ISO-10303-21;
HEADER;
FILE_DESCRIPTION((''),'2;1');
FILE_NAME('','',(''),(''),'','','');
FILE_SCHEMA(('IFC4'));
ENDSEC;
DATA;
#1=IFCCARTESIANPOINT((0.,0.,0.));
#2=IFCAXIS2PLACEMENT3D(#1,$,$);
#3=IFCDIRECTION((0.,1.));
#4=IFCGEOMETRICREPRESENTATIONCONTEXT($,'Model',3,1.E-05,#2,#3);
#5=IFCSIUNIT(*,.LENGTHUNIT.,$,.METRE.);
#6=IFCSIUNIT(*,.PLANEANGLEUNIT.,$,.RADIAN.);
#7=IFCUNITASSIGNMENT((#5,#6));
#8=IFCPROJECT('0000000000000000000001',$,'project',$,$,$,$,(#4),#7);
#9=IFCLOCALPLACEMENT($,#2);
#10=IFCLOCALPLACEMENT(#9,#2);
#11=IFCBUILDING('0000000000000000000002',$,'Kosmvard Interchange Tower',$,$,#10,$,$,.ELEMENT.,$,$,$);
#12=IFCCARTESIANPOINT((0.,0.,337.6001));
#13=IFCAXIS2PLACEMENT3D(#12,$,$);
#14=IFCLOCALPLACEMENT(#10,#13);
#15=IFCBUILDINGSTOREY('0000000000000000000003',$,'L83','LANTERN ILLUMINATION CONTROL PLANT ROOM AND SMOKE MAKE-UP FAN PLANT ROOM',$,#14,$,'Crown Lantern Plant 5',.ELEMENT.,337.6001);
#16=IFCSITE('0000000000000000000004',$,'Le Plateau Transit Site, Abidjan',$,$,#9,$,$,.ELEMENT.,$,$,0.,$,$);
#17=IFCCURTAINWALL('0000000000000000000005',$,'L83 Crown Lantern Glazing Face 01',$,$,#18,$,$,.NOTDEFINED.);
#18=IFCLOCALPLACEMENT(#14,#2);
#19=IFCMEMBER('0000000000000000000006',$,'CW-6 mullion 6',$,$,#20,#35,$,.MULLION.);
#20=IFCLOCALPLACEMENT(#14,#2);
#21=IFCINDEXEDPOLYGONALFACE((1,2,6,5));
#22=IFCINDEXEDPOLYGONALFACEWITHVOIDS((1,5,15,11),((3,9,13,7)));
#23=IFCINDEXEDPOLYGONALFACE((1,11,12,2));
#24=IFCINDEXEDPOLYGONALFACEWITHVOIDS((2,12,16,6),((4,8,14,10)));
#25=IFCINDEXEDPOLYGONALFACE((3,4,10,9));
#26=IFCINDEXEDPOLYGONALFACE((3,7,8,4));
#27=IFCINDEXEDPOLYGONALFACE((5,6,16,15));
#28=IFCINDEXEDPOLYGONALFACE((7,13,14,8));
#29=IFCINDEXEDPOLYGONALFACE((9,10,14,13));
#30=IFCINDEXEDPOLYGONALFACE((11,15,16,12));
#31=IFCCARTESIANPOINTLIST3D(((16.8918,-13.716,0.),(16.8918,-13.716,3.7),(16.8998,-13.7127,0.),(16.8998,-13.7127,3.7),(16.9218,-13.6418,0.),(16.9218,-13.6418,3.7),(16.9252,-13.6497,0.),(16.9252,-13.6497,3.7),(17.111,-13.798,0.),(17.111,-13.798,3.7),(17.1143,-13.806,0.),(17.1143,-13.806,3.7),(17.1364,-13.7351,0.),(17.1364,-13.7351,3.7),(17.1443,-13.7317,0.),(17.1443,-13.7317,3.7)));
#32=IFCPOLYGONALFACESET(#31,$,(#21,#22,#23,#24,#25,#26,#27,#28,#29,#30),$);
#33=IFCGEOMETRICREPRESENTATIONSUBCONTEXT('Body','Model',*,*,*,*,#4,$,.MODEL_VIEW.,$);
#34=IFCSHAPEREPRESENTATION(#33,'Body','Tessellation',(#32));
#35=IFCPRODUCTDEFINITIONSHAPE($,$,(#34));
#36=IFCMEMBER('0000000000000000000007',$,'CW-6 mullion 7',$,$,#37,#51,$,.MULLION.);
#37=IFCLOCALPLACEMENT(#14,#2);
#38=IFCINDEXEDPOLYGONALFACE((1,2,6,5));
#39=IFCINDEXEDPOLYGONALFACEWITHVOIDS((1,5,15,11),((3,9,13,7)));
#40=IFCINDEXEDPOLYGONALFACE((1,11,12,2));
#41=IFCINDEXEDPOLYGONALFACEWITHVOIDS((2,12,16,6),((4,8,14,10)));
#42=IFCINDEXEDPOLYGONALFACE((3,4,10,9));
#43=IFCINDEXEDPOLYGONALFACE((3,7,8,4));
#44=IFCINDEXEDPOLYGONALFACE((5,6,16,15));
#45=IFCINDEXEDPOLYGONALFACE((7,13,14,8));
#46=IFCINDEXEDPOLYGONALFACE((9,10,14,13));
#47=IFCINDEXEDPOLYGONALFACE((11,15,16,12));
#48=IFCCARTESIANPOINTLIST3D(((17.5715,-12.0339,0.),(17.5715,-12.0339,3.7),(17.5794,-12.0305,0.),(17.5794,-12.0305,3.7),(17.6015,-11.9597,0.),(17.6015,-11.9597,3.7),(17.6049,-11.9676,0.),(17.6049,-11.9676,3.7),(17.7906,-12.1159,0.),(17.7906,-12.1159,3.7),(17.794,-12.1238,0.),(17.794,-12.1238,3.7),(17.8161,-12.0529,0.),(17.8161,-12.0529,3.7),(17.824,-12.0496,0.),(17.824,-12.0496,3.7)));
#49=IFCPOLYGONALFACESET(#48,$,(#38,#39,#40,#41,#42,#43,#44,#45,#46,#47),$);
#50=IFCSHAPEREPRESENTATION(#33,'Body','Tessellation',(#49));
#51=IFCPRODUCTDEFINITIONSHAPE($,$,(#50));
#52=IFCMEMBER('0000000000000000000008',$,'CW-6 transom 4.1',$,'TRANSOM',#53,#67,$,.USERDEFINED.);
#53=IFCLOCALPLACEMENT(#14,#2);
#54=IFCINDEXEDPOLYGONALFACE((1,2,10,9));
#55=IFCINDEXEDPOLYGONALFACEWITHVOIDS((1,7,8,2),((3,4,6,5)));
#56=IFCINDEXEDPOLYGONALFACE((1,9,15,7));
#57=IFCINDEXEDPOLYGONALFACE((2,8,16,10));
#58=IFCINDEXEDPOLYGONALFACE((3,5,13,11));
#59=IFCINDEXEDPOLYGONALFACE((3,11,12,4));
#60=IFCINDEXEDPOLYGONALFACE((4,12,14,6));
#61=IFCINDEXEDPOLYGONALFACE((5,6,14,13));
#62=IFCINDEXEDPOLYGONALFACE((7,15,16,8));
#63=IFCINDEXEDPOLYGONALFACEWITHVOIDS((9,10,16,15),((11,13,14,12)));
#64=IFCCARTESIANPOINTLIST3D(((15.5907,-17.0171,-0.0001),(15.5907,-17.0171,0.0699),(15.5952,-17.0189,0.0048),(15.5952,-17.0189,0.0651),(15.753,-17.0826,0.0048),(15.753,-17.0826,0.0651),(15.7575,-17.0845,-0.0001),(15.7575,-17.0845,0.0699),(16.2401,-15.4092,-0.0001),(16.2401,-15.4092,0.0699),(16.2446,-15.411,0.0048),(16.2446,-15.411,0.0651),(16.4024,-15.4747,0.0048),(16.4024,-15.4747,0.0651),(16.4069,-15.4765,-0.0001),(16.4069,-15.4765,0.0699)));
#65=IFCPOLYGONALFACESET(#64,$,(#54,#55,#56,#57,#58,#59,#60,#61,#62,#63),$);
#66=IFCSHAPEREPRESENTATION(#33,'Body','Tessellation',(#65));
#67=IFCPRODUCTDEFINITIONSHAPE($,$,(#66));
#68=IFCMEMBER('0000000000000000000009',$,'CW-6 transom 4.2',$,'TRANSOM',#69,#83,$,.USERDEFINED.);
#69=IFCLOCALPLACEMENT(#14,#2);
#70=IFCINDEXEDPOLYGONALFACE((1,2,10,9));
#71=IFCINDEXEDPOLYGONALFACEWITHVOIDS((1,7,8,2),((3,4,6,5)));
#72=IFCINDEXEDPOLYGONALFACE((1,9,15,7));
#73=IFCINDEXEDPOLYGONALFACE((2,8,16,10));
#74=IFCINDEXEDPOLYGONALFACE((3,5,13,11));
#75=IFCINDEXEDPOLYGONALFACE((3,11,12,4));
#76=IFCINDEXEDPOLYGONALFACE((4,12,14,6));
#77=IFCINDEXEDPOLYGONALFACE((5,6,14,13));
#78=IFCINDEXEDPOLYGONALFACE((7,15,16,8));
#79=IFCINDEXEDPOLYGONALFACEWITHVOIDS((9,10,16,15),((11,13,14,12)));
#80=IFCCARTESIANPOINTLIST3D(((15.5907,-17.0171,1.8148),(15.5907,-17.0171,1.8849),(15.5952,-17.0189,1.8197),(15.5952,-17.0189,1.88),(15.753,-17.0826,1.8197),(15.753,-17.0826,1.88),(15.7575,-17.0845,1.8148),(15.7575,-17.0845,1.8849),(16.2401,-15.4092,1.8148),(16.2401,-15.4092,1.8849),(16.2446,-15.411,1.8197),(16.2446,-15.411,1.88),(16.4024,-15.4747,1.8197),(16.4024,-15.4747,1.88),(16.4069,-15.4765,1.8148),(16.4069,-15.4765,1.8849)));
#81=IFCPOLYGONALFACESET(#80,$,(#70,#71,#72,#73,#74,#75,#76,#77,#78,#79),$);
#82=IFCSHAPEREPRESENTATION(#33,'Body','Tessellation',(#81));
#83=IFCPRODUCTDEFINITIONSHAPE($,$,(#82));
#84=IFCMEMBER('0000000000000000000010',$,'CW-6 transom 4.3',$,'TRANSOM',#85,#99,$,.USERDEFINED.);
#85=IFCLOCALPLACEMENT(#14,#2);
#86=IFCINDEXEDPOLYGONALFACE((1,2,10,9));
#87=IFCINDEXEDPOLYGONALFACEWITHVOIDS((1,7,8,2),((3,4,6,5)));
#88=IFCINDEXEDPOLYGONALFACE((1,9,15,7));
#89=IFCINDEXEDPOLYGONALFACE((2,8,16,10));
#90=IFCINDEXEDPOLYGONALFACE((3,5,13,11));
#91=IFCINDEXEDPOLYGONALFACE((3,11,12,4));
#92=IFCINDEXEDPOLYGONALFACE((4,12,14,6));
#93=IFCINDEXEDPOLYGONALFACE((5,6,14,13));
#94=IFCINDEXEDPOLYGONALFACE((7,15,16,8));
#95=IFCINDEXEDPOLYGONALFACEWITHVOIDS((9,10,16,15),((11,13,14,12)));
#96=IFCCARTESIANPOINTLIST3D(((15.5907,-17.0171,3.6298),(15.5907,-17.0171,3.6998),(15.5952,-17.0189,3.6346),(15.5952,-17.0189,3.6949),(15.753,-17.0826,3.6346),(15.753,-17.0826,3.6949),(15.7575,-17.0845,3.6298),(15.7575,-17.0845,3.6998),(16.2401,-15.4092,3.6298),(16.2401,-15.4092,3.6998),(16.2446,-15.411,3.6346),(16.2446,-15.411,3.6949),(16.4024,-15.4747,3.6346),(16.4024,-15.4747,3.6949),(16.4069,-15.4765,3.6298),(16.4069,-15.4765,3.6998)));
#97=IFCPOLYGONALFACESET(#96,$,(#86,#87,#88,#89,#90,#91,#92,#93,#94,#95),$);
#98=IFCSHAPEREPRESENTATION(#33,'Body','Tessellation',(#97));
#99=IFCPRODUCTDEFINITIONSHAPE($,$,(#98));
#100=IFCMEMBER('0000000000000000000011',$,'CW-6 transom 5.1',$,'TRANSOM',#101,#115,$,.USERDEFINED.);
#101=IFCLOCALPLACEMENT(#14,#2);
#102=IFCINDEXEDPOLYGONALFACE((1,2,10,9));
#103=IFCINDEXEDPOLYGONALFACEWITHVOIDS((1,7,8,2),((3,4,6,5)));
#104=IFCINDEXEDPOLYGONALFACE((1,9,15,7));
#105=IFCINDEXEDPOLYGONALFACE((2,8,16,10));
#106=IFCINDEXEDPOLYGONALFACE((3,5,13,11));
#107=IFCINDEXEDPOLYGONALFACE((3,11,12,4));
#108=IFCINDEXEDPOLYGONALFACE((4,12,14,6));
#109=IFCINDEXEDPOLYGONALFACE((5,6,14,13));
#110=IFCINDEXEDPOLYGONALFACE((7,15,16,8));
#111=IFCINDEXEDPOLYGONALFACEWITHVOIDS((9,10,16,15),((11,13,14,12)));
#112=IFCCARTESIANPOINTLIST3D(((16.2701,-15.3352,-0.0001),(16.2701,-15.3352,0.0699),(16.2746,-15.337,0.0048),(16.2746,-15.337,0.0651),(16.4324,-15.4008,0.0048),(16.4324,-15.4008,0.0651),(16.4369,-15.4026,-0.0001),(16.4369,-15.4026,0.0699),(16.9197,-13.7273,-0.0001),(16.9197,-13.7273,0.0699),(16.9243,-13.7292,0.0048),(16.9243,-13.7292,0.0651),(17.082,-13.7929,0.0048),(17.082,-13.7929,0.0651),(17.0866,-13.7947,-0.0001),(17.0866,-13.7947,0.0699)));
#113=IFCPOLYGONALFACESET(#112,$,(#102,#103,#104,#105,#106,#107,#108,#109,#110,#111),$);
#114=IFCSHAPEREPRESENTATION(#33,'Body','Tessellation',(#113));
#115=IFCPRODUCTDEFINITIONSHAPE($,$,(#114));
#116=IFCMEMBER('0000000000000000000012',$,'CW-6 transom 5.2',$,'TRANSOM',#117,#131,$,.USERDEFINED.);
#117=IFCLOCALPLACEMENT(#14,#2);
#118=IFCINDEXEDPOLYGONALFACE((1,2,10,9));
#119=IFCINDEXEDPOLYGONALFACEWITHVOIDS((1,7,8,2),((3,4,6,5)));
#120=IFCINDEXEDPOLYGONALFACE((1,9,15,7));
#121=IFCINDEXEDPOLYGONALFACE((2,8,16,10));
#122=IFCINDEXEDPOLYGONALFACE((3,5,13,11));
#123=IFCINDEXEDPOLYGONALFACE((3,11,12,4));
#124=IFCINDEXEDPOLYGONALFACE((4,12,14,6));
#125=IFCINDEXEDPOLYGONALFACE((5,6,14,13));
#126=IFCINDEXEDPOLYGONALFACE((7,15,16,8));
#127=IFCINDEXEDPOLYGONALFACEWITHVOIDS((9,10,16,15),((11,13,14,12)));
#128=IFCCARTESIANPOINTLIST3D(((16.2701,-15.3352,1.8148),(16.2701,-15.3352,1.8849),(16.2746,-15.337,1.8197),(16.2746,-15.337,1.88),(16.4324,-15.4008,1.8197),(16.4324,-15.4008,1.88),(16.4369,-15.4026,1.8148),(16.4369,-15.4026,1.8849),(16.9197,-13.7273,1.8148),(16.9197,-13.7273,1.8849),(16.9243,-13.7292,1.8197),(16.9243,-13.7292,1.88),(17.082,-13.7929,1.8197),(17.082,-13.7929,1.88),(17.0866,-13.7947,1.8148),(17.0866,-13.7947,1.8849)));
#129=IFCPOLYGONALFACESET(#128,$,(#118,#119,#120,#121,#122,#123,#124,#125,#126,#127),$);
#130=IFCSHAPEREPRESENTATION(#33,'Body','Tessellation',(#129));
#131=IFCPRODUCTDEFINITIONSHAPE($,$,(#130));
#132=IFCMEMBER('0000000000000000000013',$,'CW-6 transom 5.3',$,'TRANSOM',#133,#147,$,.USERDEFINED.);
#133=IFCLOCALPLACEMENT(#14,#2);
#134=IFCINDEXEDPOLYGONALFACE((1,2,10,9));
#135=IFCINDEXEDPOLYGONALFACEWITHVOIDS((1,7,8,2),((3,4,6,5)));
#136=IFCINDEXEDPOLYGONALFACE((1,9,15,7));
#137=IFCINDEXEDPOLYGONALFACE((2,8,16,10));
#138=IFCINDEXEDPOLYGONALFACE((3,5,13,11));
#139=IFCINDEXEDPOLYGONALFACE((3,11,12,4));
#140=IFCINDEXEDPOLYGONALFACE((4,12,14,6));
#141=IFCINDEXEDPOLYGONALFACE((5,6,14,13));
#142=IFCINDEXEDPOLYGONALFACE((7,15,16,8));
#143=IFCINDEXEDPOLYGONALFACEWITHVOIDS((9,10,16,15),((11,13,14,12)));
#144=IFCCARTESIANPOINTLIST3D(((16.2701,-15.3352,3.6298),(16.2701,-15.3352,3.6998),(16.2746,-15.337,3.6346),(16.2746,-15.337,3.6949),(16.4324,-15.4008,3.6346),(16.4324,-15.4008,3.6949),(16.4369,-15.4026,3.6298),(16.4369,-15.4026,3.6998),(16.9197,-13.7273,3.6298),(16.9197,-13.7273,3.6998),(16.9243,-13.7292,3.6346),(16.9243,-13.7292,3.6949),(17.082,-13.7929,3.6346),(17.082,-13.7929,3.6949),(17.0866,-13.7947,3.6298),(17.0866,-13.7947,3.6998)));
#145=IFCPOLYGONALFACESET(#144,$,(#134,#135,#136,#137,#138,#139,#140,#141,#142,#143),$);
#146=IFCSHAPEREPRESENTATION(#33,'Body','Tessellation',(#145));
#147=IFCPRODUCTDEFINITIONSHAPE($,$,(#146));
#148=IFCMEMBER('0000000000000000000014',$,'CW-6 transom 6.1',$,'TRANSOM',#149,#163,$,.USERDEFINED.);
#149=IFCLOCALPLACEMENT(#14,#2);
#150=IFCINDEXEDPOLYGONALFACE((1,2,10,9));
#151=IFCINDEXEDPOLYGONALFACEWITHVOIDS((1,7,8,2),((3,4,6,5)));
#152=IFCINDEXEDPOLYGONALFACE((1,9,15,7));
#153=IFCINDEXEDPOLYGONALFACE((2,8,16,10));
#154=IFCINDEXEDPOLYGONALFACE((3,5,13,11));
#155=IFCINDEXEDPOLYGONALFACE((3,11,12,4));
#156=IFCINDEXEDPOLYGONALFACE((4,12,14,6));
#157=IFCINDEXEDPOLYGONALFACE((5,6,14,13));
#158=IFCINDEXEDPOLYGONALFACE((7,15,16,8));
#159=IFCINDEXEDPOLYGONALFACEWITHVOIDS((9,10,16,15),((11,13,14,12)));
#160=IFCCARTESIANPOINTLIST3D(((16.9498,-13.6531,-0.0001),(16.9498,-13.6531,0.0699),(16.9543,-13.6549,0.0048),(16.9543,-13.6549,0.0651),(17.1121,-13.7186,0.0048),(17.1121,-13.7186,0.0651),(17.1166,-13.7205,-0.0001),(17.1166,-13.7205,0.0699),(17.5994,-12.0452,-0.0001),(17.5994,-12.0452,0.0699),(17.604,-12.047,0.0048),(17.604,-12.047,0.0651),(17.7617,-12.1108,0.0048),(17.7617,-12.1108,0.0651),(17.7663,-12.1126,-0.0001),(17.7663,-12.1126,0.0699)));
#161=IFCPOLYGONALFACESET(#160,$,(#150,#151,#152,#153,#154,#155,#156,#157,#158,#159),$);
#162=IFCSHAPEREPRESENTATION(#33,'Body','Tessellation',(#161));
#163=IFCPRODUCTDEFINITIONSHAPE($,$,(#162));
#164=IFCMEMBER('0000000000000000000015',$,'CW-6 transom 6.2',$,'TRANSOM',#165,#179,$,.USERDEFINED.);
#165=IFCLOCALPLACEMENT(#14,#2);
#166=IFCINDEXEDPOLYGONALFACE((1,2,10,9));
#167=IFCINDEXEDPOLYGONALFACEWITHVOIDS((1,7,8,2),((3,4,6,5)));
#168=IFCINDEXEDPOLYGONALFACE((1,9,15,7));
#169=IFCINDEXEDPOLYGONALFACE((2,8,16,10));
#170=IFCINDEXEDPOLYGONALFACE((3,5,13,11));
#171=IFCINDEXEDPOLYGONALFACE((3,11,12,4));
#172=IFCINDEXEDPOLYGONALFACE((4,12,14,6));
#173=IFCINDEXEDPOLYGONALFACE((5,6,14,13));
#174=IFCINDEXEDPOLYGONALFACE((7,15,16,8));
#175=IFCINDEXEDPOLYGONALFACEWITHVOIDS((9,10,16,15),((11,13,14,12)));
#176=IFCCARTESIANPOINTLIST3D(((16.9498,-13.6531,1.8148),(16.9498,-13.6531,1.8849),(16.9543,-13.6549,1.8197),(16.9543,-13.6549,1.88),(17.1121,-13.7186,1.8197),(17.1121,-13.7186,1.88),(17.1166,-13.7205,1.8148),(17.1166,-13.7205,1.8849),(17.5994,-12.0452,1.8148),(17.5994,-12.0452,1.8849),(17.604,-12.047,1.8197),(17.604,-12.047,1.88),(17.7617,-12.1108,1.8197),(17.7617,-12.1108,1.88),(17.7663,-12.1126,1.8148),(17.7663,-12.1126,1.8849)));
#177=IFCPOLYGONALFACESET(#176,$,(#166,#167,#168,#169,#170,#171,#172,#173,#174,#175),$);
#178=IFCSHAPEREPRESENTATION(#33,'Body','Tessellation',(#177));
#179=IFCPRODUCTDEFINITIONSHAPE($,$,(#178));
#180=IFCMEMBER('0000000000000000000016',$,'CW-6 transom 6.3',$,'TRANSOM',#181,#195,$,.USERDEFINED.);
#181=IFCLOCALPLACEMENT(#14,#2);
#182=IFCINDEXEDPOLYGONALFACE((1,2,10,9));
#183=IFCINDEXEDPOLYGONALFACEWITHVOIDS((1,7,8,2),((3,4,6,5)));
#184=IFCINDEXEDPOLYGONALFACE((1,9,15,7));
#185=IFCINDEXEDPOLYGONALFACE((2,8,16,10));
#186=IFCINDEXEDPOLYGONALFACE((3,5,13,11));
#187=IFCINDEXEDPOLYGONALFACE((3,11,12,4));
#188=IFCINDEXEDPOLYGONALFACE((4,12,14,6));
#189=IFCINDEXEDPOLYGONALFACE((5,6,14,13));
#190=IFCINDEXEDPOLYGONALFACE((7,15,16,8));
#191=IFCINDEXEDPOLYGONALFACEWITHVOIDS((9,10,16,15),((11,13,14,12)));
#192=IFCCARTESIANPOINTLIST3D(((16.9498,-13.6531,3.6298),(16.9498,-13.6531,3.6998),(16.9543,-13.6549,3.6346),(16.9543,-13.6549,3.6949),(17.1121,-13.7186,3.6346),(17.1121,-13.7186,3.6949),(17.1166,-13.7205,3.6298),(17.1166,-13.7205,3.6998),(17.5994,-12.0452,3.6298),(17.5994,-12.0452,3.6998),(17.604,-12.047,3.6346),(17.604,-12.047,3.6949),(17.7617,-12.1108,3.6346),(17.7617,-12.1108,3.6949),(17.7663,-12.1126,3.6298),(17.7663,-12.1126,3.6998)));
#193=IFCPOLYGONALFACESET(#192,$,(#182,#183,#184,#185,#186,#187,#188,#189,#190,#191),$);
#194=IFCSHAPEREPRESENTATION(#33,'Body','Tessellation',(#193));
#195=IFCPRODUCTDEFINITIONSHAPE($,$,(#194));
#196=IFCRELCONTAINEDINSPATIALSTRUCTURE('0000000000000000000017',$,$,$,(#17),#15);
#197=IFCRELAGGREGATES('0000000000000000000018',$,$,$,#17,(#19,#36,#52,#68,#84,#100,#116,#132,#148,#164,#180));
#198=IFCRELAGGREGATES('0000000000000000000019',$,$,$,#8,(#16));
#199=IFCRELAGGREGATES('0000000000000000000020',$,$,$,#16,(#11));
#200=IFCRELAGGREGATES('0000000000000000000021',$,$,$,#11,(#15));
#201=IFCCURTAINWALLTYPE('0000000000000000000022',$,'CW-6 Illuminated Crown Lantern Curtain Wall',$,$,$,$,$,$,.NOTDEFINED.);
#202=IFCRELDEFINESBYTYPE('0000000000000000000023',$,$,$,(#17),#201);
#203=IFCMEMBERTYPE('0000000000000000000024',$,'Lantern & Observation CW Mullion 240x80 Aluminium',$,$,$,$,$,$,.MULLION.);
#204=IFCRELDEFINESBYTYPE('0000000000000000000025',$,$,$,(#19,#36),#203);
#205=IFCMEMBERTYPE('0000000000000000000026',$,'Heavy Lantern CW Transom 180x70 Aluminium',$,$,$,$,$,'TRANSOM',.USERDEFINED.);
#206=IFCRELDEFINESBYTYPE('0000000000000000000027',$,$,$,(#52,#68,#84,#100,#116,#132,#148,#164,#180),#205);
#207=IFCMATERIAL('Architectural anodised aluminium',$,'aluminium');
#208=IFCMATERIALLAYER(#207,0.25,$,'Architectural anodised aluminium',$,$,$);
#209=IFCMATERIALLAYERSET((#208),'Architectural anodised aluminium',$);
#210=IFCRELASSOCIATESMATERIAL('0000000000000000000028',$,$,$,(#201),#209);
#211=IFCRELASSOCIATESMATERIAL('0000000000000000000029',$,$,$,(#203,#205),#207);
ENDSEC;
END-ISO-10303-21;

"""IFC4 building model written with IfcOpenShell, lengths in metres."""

from ifc_helpers import new_model, si_unit, direction, frame, origin, origin_2d, place, context, subcontext, project, spatial, hollow_rectangle, extrude, source, transform, mapped, material, layer, layer_set, material_profile, profile_set, type_object, element, aggregate, save


model = new_model("IFC4")

# Units and contexts
model_context = context("Model", 3, precision=1e-05, world=origin(), true_north=direction((0.0, 1.0)))
body_context = subcontext(model_context, "Body", "Model", "MODEL_VIEW")
ifc_project = project(units=[si_unit("LENGTHUNIT", "METRE"), si_unit("PLANEANGLEUNIT", "RADIAN")], contexts=[model_context])

# Site, building, storey
site_placement = place(None, origin())
site = spatial("IfcSite", under=ifc_project, at=site_placement, Name="Le Plateau Transit Site, Abidjan", CompositionType="ELEMENT", RefElevation=0.0)
building_placement = place(site_placement, origin())
building = spatial("IfcBuilding", under=site, at=building_placement, Name="Kosmvard Interchange Tower", CompositionType="ELEMENT")
storey_placement = place(building_placement, frame((0.0, 0.0, 337.6001)))
storey = spatial("IfcBuildingStorey", under=building, at=storey_placement, Name="L83", Description="LANTERN ILLUMINATION CONTROL PLANT ROOM AND SMOKE MAKE-UP FAN PLANT ROOM", LongName="Crown Lantern Plant 5", CompositionType="ELEMENT", Elevation=337.6001)

# Curtain wall, members
ifc_material_1 = material(Name="Architectural anodised aluminium", Category="aluminium")
ifc_layer_1 = layer(ifc_material_1, 0.25, Name="Architectural anodised aluminium")
ifc_layer_set_1 = layer_set([ifc_layer_1], Name="Architectural anodised aluminium")
curtain_wall_type = type_object("IfcCurtainWallType", Name="CW-6 Illuminated Crown Lantern Curtain Wall", PredefinedType="NOTDEFINED", material=ifc_layer_set_1)
curtain_wall_placement = place(storey_placement, origin())
curtain_wall = element("IfcCurtainWall", 1, at=curtain_wall_placement, inside=storey, type_object=curtain_wall_type, Name="L83 Crown Lantern Glazing Face 01", PredefinedType="NOTDEFINED")
ifc_material_profile_1 = material_profile(ifc_material_1, hollow_rectangle(XDim=0.24, YDim=0.0801, WallThickness=0.0061, at=origin_2d()), Name="CWM 240x80x6")
ifc_profile_set_1 = profile_set([ifc_material_profile_1], Name="Architectural anodised aluminium")
member_type_1 = type_object("IfcMemberType", Name="Lantern & Observation CW Mullion 240x80 Aluminium", PredefinedType="MULLION", material=ifc_profile_set_1)
shared_shape_1 = source(origin(), body_context, "Body", "SweptSolid", [
    extrude(hollow_rectangle(XDim=0.24, YDim=0.0801, WallThickness=0.0061, at=origin_2d()), origin(), (0.0, 0.0, 1.0), 3.7),
])
member_1_placement = place(storey_placement, frame((17.0181, -13.7239, 0.0), z_axis=(0.0, 0.0, 1.0), x_axis=(-0.927184, 0.374607, 0.0)))
member_1 = element("IfcMember", 2, at=member_1_placement, type_object=member_type_1, Name="CW-6 mullion 6", PredefinedType="MULLION", context=body_context, shape_type="MappedRepresentation", body=[
    mapped(shared_shape_1, transform((0.0, 0.0, 0.0), scale=1.0)),
])
member_2_placement = place(storey_placement, frame((17.6978, -12.0417, 0.0), z_axis=(0.0, 0.0, 1.0), x_axis=(-0.927184, 0.374607, 0.0)))
member_2 = element("IfcMember", 3, at=member_2_placement, type_object=member_type_1, Name="CW-6 mullion 7", PredefinedType="MULLION", context=body_context, shape_type="MappedRepresentation", body=[
    mapped(shared_shape_1, transform((0.0, 0.0, 0.0), scale=1.0)),
])
ifc_material_profile_2 = material_profile(ifc_material_1, hollow_rectangle(XDim=0.1799, YDim=0.0701, WallThickness=0.0049, at=origin_2d()), Name="CWT 180x70x5")
ifc_profile_set_2 = profile_set([ifc_material_profile_2], Name="Architectural anodised aluminium")
member_type_2 = type_object("IfcMemberType", Name="Heavy Lantern CW Transom 180x70 Aluminium", ElementType="TRANSOM", PredefinedType="USERDEFINED", material=ifc_profile_set_2)
shared_shape_2 = source(origin(), body_context, "Body", "SweptSolid", [
    extrude(hollow_rectangle(XDim=0.1799, YDim=0.0701, WallThickness=0.0049, at=origin_2d()), origin(), (0.0, 0.0, 1.0), 1.7341),
])
member_3_placement = place(storey_placement, frame((15.6741, -17.0508, 0.0349), z_axis=(0.374496, 0.927229, 0.0), x_axis=(-0.927229, 0.374496, 0.0)))
member_3 = element("IfcMember", 4, at=member_3_placement, type_object=member_type_2, Name="CW-6 transom 4.1", ObjectType="TRANSOM", PredefinedType="USERDEFINED", context=body_context, shape_type="MappedRepresentation", body=[
    mapped(shared_shape_2, transform((0.0, 0.0, 0.0), scale=1.0)),
])
member_4_placement = place(storey_placement, frame((15.6741, -17.0508, 1.8499), z_axis=(0.374496, 0.927229, 0.0), x_axis=(-0.927229, 0.374496, 0.0)))
member_4 = element("IfcMember", 5, at=member_4_placement, type_object=member_type_2, Name="CW-6 transom 4.2", ObjectType="TRANSOM", PredefinedType="USERDEFINED", context=body_context, shape_type="MappedRepresentation", body=[
    mapped(shared_shape_2, transform((0.0, 0.0, 0.0), scale=1.0)),
])
member_5_placement = place(storey_placement, frame((15.6741, -17.0508, 3.6648), z_axis=(0.374496, 0.927229, 0.0), x_axis=(-0.927229, 0.374496, 0.0)))
member_5 = element("IfcMember", 6, at=member_5_placement, type_object=member_type_2, Name="CW-6 transom 4.3", ObjectType="TRANSOM", PredefinedType="USERDEFINED", context=body_context, shape_type="MappedRepresentation", body=[
    mapped(shared_shape_2, transform((0.0, 0.0, 0.0), scale=1.0)),
])
member_6_placement = place(storey_placement, frame((16.3535, -15.3689, 0.0349), z_axis=(0.374617, 0.92718, 0.0), x_axis=(-0.92718, 0.374617, 0.0)))
member_6 = element("IfcMember", 7, at=member_6_placement, type_object=member_type_2, Name="CW-6 transom 5.1", ObjectType="TRANSOM", PredefinedType="USERDEFINED", context=body_context, shape_type="MappedRepresentation", body=[
    mapped(shared_shape_2, transform((0.0, 0.0, 0.0), scale=1.0)),
])
member_7_placement = place(storey_placement, frame((16.3535, -15.3689, 1.8499), z_axis=(0.374617, 0.92718, 0.0), x_axis=(-0.92718, 0.374617, 0.0)))
member_7 = element("IfcMember", 8, at=member_7_placement, type_object=member_type_2, Name="CW-6 transom 5.2", ObjectType="TRANSOM", PredefinedType="USERDEFINED", context=body_context, shape_type="MappedRepresentation", body=[
    mapped(shared_shape_2, transform((0.0, 0.0, 0.0), scale=1.0)),
])
member_8_placement = place(storey_placement, frame((16.3535, -15.3689, 3.6648), z_axis=(0.374617, 0.92718, 0.0), x_axis=(-0.92718, 0.374617, 0.0)))
member_8 = element("IfcMember", 9, at=member_8_placement, type_object=member_type_2, Name="CW-6 transom 5.3", ObjectType="TRANSOM", PredefinedType="USERDEFINED", context=body_context, shape_type="MappedRepresentation", body=[
    mapped(shared_shape_2, transform((0.0, 0.0, 0.0), scale=1.0)),
])
member_9_placement = place(storey_placement, frame((17.0332, -13.6868, 0.0349), z_axis=(0.374617, 0.92718, 0.0), x_axis=(-0.92718, 0.374617, 0.0)))
member_9 = element("IfcMember", 10, at=member_9_placement, type_object=member_type_2, Name="CW-6 transom 6.1", ObjectType="TRANSOM", PredefinedType="USERDEFINED", context=body_context, shape_type="MappedRepresentation", body=[
    mapped(shared_shape_2, transform((0.0, 0.0, 0.0), scale=1.0)),
])
member_10_placement = place(storey_placement, frame((17.0332, -13.6868, 1.8499), z_axis=(0.374617, 0.92718, 0.0), x_axis=(-0.92718, 0.374617, 0.0)))
member_10 = element("IfcMember", 11, at=member_10_placement, type_object=member_type_2, Name="CW-6 transom 6.2", ObjectType="TRANSOM", PredefinedType="USERDEFINED", context=body_context, shape_type="MappedRepresentation", body=[
    mapped(shared_shape_2, transform((0.0, 0.0, 0.0), scale=1.0)),
])
member_11_placement = place(storey_placement, frame((17.0332, -13.6868, 3.6648), z_axis=(0.374617, 0.92718, 0.0), x_axis=(-0.92718, 0.374617, 0.0)))
member_11 = element("IfcMember", 12, at=member_11_placement, type_object=member_type_2, Name="CW-6 transom 6.3", ObjectType="TRANSOM", PredefinedType="USERDEFINED", context=body_context, shape_type="MappedRepresentation", body=[
    mapped(shared_shape_2, transform((0.0, 0.0, 0.0), scale=1.0)),
])

aggregate(curtain_wall, [member_1, member_2, member_3, member_4, member_5, member_6, member_7, member_8, member_9, member_10, member_11])

save(model, "model.ifc")
